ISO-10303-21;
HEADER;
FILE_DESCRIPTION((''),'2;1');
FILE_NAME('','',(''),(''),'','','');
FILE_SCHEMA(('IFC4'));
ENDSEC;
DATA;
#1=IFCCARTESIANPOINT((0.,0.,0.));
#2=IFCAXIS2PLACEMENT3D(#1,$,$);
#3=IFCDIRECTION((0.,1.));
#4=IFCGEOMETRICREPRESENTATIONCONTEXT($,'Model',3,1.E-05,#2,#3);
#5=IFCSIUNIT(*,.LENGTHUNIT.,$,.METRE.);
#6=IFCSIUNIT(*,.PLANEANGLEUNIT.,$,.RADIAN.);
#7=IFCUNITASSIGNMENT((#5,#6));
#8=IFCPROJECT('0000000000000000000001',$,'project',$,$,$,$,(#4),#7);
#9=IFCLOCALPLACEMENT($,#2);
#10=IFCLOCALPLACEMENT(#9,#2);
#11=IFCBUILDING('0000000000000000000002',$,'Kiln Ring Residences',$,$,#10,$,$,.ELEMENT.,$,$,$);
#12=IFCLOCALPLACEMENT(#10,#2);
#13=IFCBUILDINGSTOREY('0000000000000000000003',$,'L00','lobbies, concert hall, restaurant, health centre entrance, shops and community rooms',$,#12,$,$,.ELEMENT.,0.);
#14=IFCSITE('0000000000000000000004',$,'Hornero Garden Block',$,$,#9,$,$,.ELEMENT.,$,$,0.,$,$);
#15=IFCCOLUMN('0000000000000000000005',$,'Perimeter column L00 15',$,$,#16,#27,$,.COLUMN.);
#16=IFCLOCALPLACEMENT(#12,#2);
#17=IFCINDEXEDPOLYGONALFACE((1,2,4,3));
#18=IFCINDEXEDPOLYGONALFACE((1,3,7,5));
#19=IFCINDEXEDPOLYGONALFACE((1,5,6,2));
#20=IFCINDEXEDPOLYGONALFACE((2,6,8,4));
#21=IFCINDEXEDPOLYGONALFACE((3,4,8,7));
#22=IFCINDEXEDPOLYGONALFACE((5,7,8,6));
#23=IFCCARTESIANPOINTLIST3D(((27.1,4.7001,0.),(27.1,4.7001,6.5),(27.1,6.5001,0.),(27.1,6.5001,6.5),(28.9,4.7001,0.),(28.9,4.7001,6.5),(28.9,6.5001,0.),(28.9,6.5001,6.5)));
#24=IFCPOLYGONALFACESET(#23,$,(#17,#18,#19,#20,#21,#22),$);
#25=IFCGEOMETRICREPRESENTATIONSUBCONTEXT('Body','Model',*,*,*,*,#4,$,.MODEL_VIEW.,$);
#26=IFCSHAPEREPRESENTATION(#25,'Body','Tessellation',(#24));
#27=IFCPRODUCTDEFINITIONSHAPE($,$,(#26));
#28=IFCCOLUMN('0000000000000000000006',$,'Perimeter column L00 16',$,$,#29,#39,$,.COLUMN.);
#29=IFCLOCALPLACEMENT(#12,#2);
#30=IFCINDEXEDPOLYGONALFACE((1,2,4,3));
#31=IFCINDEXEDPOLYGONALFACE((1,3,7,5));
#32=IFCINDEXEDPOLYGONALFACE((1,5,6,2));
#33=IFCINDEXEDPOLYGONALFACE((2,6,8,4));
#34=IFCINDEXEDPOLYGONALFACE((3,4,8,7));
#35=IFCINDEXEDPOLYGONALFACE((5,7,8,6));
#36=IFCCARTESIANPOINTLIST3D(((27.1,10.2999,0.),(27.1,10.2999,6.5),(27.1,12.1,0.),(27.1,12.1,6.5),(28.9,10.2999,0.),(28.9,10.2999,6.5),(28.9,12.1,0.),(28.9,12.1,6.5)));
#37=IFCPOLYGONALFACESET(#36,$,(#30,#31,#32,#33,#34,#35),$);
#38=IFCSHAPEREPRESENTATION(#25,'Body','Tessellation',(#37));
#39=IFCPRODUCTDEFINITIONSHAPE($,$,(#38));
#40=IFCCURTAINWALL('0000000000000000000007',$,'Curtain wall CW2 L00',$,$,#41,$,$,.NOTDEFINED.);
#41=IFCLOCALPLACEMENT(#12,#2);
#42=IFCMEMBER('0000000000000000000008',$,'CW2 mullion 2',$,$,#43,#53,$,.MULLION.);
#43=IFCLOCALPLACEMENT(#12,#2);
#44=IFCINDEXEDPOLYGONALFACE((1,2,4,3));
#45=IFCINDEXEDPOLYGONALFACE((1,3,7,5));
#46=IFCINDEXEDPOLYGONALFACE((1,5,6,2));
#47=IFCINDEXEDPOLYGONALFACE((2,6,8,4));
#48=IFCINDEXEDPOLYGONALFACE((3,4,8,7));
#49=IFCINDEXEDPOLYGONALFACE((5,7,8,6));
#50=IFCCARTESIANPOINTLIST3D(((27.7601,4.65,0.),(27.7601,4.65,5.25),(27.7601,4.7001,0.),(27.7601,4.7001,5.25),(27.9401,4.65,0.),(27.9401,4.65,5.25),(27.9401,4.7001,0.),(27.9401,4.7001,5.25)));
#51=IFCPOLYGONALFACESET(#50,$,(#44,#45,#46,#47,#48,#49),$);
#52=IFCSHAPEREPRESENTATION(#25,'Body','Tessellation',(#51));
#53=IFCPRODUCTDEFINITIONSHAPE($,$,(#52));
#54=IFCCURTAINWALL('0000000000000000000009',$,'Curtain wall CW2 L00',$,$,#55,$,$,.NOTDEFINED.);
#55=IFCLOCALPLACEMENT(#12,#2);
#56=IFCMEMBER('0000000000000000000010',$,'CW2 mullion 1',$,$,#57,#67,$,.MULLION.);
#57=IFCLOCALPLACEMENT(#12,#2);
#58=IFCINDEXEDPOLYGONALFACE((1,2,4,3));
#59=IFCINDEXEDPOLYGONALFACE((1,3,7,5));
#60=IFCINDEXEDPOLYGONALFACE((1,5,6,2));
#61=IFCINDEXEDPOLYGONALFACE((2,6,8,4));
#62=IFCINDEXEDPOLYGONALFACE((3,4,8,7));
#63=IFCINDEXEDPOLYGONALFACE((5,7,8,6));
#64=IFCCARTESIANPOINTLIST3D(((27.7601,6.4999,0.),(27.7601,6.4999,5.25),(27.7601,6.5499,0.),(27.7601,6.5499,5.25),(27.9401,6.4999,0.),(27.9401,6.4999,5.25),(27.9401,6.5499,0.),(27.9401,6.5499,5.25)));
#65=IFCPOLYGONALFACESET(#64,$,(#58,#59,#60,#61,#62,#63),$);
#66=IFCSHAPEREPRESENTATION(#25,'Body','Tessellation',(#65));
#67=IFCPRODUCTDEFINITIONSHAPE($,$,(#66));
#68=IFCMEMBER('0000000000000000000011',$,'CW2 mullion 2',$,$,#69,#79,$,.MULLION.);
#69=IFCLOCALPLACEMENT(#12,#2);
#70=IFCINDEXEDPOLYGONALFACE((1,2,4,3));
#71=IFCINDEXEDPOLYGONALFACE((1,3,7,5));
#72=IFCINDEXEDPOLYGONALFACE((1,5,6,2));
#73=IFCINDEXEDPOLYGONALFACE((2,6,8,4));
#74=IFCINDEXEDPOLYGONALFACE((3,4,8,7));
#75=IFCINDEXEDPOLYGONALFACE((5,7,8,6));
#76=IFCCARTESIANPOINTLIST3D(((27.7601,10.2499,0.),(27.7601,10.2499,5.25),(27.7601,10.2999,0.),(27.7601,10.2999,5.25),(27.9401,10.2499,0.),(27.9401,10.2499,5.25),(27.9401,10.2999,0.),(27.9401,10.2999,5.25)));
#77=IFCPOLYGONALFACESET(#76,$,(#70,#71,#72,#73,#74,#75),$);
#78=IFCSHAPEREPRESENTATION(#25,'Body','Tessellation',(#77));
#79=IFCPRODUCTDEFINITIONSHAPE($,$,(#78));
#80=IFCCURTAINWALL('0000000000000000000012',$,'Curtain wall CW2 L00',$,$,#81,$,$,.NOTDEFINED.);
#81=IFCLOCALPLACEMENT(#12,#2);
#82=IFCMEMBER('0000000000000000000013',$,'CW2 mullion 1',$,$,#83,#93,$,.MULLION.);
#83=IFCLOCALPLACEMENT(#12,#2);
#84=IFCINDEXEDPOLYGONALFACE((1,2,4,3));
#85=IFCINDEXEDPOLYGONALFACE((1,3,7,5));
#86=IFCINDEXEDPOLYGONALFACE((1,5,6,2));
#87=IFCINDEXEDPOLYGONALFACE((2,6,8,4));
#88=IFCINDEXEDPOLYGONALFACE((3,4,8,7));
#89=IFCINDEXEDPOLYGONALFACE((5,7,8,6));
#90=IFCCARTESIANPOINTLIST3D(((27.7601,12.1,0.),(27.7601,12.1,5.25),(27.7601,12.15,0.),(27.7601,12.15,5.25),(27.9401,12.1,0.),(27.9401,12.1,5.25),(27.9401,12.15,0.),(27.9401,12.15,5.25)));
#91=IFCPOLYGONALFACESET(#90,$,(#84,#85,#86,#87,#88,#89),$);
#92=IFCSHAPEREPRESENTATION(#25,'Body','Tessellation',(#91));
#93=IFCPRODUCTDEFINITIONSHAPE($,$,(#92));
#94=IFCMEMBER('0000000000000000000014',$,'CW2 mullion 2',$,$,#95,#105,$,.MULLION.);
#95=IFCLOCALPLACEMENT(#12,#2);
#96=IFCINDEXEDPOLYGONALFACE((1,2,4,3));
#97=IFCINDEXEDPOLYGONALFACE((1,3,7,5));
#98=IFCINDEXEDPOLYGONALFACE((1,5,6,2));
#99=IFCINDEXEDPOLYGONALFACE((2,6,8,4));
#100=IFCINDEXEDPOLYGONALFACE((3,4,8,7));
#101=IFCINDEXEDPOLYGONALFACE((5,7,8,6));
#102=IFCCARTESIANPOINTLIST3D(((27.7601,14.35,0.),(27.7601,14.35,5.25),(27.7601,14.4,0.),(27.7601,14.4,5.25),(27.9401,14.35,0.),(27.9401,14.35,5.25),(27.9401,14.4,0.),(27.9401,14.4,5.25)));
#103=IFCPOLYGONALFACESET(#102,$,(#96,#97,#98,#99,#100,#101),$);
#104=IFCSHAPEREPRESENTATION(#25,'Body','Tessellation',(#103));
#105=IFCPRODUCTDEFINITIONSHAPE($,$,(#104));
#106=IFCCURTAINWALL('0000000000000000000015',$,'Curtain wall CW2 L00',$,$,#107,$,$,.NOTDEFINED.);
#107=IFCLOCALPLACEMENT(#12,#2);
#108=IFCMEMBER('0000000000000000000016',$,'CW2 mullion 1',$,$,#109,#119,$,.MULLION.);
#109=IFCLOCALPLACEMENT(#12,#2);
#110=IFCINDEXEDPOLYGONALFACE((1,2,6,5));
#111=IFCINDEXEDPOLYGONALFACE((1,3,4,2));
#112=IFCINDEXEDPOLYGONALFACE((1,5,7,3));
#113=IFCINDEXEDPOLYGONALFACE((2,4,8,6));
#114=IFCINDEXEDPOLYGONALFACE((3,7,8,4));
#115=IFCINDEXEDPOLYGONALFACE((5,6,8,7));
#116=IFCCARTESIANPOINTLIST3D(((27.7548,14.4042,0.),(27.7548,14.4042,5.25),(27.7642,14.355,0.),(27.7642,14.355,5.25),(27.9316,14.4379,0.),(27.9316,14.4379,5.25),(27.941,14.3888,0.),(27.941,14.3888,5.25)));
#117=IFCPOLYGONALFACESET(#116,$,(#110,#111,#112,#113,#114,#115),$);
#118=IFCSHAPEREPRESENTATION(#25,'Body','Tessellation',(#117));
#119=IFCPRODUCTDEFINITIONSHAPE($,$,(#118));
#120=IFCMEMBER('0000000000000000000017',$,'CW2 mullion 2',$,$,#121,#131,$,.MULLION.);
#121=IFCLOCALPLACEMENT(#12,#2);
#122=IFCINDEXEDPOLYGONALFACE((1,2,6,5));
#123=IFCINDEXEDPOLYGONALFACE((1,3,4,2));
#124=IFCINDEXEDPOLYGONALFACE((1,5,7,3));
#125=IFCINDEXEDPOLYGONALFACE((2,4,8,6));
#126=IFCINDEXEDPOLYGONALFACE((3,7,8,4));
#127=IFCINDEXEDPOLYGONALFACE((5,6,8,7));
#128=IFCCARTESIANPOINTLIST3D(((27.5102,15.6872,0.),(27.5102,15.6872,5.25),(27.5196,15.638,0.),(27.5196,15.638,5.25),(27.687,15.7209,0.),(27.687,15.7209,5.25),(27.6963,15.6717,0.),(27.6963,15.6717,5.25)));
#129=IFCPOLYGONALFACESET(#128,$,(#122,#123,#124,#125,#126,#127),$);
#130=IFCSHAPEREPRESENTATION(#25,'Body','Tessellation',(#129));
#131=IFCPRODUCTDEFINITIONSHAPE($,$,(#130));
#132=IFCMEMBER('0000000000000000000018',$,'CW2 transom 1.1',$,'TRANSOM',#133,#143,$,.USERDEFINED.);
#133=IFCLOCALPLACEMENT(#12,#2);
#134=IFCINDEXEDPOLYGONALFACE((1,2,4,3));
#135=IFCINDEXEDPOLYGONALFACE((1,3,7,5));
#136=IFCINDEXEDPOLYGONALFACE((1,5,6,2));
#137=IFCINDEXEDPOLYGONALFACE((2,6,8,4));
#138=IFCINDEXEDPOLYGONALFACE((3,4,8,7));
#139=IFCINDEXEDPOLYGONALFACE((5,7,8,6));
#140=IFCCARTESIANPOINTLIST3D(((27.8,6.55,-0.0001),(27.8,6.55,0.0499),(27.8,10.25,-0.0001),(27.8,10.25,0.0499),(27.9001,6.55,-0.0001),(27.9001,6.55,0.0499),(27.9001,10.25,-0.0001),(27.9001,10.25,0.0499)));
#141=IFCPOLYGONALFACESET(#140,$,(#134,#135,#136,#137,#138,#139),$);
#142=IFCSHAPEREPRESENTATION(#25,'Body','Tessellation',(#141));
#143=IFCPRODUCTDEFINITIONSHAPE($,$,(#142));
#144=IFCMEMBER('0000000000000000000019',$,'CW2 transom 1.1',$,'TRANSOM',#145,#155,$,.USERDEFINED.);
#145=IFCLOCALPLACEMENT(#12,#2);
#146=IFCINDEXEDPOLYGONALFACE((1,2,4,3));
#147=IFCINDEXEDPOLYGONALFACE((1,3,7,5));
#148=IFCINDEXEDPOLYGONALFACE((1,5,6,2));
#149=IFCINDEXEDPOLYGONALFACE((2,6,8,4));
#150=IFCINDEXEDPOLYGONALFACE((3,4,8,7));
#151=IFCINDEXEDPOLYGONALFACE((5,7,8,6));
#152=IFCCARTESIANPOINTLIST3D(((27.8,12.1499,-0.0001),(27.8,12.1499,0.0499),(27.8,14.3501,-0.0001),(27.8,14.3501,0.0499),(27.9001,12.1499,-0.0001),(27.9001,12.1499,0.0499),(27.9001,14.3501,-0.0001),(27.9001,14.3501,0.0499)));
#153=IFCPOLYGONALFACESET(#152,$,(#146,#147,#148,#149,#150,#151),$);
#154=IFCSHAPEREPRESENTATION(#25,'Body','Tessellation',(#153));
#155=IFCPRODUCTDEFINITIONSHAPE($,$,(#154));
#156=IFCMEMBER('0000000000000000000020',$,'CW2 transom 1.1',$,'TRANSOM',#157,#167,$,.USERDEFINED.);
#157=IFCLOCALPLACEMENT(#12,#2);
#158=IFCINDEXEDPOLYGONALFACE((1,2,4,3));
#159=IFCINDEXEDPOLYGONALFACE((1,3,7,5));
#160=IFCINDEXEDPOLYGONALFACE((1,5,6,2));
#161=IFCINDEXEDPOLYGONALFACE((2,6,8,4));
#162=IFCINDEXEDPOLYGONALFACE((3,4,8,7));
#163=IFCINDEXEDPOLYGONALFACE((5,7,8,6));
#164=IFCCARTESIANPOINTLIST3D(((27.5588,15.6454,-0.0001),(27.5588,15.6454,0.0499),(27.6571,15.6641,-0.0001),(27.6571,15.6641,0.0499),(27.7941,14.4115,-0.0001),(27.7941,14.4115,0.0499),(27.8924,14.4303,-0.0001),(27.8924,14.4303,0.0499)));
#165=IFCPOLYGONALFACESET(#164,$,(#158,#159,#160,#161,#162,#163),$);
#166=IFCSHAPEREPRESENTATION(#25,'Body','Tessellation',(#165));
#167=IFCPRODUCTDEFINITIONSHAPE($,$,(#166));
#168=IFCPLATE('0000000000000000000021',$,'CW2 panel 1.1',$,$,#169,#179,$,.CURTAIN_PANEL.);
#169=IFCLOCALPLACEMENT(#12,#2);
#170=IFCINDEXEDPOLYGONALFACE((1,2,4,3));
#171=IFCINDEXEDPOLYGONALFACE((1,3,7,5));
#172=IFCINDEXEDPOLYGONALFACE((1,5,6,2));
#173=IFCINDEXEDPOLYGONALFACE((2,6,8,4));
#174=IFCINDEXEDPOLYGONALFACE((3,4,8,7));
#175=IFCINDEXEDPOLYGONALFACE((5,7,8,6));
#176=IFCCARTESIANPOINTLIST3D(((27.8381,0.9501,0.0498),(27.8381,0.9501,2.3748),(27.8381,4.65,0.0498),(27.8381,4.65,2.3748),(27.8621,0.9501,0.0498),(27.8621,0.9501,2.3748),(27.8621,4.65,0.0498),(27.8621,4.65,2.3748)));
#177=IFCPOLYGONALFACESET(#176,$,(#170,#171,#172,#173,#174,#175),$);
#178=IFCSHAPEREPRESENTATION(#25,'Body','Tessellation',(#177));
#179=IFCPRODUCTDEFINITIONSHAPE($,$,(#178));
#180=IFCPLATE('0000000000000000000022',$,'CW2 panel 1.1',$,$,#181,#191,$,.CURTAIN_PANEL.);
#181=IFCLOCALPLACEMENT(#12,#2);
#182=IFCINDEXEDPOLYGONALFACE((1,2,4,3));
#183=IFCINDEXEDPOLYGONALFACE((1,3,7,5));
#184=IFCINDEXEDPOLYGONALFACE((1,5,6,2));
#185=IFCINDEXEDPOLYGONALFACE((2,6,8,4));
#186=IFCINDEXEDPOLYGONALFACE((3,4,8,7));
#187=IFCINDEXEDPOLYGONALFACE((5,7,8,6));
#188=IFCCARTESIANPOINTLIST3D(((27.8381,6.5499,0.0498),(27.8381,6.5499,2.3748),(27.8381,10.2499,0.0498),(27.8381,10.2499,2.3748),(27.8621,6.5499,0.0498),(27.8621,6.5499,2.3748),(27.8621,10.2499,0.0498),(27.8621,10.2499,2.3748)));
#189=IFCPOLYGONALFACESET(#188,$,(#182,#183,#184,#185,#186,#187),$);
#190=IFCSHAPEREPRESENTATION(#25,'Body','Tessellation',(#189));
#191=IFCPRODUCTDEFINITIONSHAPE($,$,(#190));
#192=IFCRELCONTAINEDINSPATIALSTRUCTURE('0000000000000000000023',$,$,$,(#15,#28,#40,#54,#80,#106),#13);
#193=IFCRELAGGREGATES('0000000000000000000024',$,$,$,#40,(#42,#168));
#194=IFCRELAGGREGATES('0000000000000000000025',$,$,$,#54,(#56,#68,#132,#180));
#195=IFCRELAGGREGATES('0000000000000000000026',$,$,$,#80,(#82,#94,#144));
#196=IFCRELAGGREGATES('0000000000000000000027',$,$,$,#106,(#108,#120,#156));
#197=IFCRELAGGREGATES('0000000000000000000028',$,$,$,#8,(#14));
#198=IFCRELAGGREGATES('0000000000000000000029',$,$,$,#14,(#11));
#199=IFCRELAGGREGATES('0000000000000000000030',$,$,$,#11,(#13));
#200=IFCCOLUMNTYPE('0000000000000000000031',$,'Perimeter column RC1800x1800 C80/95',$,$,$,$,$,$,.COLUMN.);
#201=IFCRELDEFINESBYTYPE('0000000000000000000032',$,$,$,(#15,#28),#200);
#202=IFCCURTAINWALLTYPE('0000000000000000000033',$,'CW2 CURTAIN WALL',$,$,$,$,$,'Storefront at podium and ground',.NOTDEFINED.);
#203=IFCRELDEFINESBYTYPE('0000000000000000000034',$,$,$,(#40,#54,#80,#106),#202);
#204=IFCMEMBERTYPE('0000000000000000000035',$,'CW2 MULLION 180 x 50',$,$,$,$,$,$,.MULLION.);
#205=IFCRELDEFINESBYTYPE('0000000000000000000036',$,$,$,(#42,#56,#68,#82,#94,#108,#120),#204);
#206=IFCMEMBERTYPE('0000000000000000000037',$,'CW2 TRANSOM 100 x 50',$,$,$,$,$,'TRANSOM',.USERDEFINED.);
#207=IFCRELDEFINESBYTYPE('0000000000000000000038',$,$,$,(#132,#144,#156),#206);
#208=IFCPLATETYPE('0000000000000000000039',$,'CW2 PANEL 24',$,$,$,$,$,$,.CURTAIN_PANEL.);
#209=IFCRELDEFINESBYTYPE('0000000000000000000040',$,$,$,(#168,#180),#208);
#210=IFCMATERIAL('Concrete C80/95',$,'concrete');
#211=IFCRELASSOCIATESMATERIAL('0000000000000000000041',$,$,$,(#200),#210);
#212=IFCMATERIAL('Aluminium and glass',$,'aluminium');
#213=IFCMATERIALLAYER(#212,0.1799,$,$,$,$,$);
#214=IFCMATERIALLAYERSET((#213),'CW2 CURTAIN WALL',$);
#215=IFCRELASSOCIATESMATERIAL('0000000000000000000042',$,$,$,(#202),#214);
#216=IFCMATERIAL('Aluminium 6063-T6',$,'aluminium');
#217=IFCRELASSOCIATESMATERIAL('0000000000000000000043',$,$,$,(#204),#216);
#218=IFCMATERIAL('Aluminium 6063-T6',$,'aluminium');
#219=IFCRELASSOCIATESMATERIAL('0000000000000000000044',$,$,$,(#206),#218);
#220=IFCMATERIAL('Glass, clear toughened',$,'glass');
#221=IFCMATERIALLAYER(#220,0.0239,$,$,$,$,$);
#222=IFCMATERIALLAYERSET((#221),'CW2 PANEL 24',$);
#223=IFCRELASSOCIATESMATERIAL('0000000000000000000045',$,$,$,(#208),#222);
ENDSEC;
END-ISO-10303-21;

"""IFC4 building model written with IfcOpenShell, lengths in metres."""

from ifc_helpers import new_model, si_unit, direction, frame, origin, origin_2d, place, context, subcontext, project, spatial, rectangle, extrude, material, layer, layer_set, material_profile, profile_set, type_object, element, aggregate, save


model = new_model("IFC4")

# Units and contexts
model_context = context("Model", 3, precision=1e-05, world=origin(), true_north=direction((0.0, 1.0)))
body_context = subcontext(model_context, "Body", "Model", "MODEL_VIEW")
ifc_project = project(units=[si_unit("LENGTHUNIT", "METRE"), si_unit("PLANEANGLEUNIT", "RADIAN")], contexts=[model_context])

# Site, building, storey
site_placement = place(None, origin())
site = spatial("IfcSite", under=ifc_project, at=site_placement, Name="Hornero Garden Block", CompositionType="ELEMENT", RefElevation=0.0)
building_placement = place(site_placement, origin())
building = spatial("IfcBuilding", under=site, at=building_placement, Name="Kiln Ring Residences", CompositionType="ELEMENT")
storey_placement = place(building_placement, origin())
storey = spatial("IfcBuildingStorey", under=building, at=storey_placement, Name="L00", Description="lobbies, concert hall, restaurant, health centre entrance, shops and community rooms", CompositionType="ELEMENT", Elevation=0.0)

# Columns
ifc_material_1 = material(Name="Concrete C80/95", Category="concrete")
ifc_material_profile_1 = material_profile(ifc_material_1, rectangle(XDim=1.8, YDim=1.8, at=origin_2d()), Name="RC1800x1800")
ifc_profile_set_1 = profile_set([ifc_material_profile_1], Name="Concrete C80/95")
column_type = type_object("IfcColumnType", Name="Perimeter column RC1800x1800 C80/95", PredefinedType="COLUMN", material=ifc_profile_set_1)
for number, where, z_axis, x_axis, name in (
    (1, (28.0, 5.6001, 0.0), (0.0, 0.0, 1.0), (1.0, 0.0, 0.0), "Perimeter column L00 15"),
    (2, (28.0, 11.2, 0.0), (0.0, 0.0, 1.0), (1.0, 0.0, 0.0), "Perimeter column L00 16"),
):
    element("IfcColumn", number, at=place(storey_placement, frame(where, z_axis=z_axis, x_axis=x_axis)), inside=storey, type_object=column_type, Name=name, PredefinedType="COLUMN", context=body_context, shape_type="SweptSolid", body=[
        extrude(rectangle(XDim=1.8, YDim=1.8, at=origin_2d()), origin(), (0.0, 0.0, 1.0), 6.5),
    ])

# Curtain wall, member
ifc_material_2 = material(Name="Aluminium and glass", Category="aluminium")
ifc_layer_1 = layer(ifc_material_2, 0.1799)
ifc_layer_set_1 = layer_set([ifc_layer_1], Name="CW2 CURTAIN WALL")
curtain_wall_type = type_object("IfcCurtainWallType", Name="CW2 CURTAIN WALL", ElementType="Storefront at podium and ground", PredefinedType="NOTDEFINED", material=ifc_layer_set_1)
placement = place(storey_placement, origin())
curtain_wall_1 = element("IfcCurtainWall", 3, at=placement, inside=storey, type_object=curtain_wall_type, Name="Curtain wall CW2 L00", PredefinedType="NOTDEFINED")
ifc_material_3 = material(Name="Aluminium 6063-T6", Category="aluminium")
ifc_material_profile_2 = material_profile(ifc_material_3, rectangle(XDim=0.1799, YDim=0.05, at=origin_2d()), Name="AL 180x50")
ifc_profile_set_2 = profile_set([ifc_material_profile_2], Name="Aluminium 6063-T6")
member_type_1 = type_object("IfcMemberType", Name="CW2 MULLION 180 x 50", PredefinedType="MULLION", material=ifc_profile_set_2)
member_1_placement = place(storey_placement, frame((27.8501, 4.675, 0.0), z_axis=(0.0, 0.0, 1.0), x_axis=(-1.0, 0.0, 0.0)))
member_1 = element("IfcMember", 4, at=member_1_placement, type_object=member_type_1, Name="CW2 mullion 2", PredefinedType="MULLION", context=body_context, shape_type="SweptSolid", body=[
    extrude(rectangle(XDim=0.1799, YDim=0.05, at=origin_2d()), origin(), (0.0, 0.0, 1.0), 5.25),
])

# Curtain walls, members
curtain_wall_2 = element("IfcCurtainWall", 5, at=placement, inside=storey, type_object=curtain_wall_type, Name="Curtain wall CW2 L00", PredefinedType="NOTDEFINED")
member_2_placement = place(storey_placement, frame((27.8501, 6.5249, 0.0), z_axis=(0.0, 0.0, 1.0), x_axis=(-1.0, 0.0, 0.0)))
member_2 = element("IfcMember", 6, at=member_2_placement, type_object=member_type_1, Name="CW2 mullion 1", PredefinedType="MULLION", context=body_context, shape_type="SweptSolid", body=[
    extrude(rectangle(XDim=0.1799, YDim=0.05, at=origin_2d()), origin(), (0.0, 0.0, 1.0), 5.25),
])
member_3_placement = place(storey_placement, frame((27.8501, 10.2749, 0.0), z_axis=(0.0, 0.0, 1.0), x_axis=(-1.0, 0.0, 0.0)))
member_3 = element("IfcMember", 7, at=member_3_placement, type_object=member_type_1, Name="CW2 mullion 2", PredefinedType="MULLION", context=body_context, shape_type="SweptSolid", body=[
    extrude(rectangle(XDim=0.1799, YDim=0.05, at=origin_2d()), origin(), (0.0, 0.0, 1.0), 5.25),
])
curtain_wall_3 = element("IfcCurtainWall", 8, at=placement, inside=storey, type_object=curtain_wall_type, Name="Curtain wall CW2 L00", PredefinedType="NOTDEFINED")
member_4_placement = place(storey_placement, frame((27.8501, 12.125, 0.0), z_axis=(0.0, 0.0, 1.0), x_axis=(-1.0, 0.0, 0.0)))
member_4 = element("IfcMember", 9, at=member_4_placement, type_object=member_type_1, Name="CW2 mullion 1", PredefinedType="MULLION", context=body_context, shape_type="SweptSolid", body=[
    extrude(rectangle(XDim=0.1799, YDim=0.05, at=origin_2d()), origin(), (0.0, 0.0, 1.0), 5.25),
])
member_5_placement = place(storey_placement, frame((27.8501, 14.375, 0.0), z_axis=(0.0, 0.0, 1.0), x_axis=(-1.0, 0.0, 0.0)))
member_5 = element("IfcMember", 10, at=member_5_placement, type_object=member_type_1, Name="CW2 mullion 2", PredefinedType="MULLION", context=body_context, shape_type="SweptSolid", body=[
    extrude(rectangle(XDim=0.1799, YDim=0.05, at=origin_2d()), origin(), (0.0, 0.0, 1.0), 5.25),
])
curtain_wall_4 = element("IfcCurtainWall", 11, at=placement, inside=storey, type_object=curtain_wall_type, Name="Curtain wall CW2 L00", PredefinedType="NOTDEFINED")
member_6_placement = place(storey_placement, frame((27.8479, 14.3965, 0.0), z_axis=(0.0, 0.0, 1.0), x_axis=(-0.98229, -0.187366, 0.0)))
member_6 = element("IfcMember", 12, at=member_6_placement, type_object=member_type_1, Name="CW2 mullion 1", PredefinedType="MULLION", context=body_context, shape_type="SweptSolid", body=[
    extrude(rectangle(XDim=0.1799, YDim=0.05, at=origin_2d()), origin(), (0.0, 0.0, 1.0), 5.25),
])
member_7_placement = place(storey_placement, frame((27.6033, 15.6794, 0.0), z_axis=(0.0, 0.0, 1.0), x_axis=(-0.98229, -0.187366, 0.0)))
member_7 = element("IfcMember", 13, at=member_7_placement, type_object=member_type_1, Name="CW2 mullion 2", PredefinedType="MULLION", context=body_context, shape_type="SweptSolid", body=[
    extrude(rectangle(XDim=0.1799, YDim=0.05, at=origin_2d()), origin(), (0.0, 0.0, 1.0), 5.25),
])

# Members
ifc_material_4 = material(Name="Aluminium 6063-T6", Category="aluminium")
ifc_material_profile_3 = material_profile(ifc_material_4, rectangle(XDim=0.1001, YDim=0.05, at=origin_2d()), Name="AL 100x50")
ifc_profile_set_3 = profile_set([ifc_material_profile_3], Name="Aluminium 6063-T6")
member_type_2 = type_object("IfcMemberType", Name="CW2 TRANSOM 100 x 50", ElementType="TRANSOM", PredefinedType="USERDEFINED", material=ifc_profile_set_3)
member_8_placement = place(storey_placement, frame((27.8501, 6.55, 0.0249), z_axis=(0.0, 1.0, 0.0), x_axis=(-1.0, 0.0, 0.0)))
member_8 = element("IfcMember", 14, at=member_8_placement, type_object=member_type_2, Name="CW2 transom 1.1", ObjectType="TRANSOM", PredefinedType="USERDEFINED", context=body_context, shape_type="SweptSolid", body=[
    extrude(rectangle(XDim=0.1001, YDim=0.05, at=origin_2d()), origin(), (0.0, 0.0, 1.0), 3.7),
])
member_9_placement = place(storey_placement, frame((27.8501, 12.1499, 0.0249), z_axis=(0.0, 1.0, 0.0), x_axis=(-1.0, 0.0, 0.0)))
member_9 = element("IfcMember", 15, at=member_9_placement, type_object=member_type_2, Name="CW2 transom 1.1", ObjectType="TRANSOM", PredefinedType="USERDEFINED", context=body_context, shape_type="SweptSolid", body=[
    extrude(rectangle(XDim=0.1001, YDim=0.05, at=origin_2d()), origin(), (0.0, 0.0, 1.0), 2.2002),
])
member_10_placement = place(storey_placement, frame((27.8433, 14.4209, 0.0249), z_axis=(-0.187362, 0.982291, 0.0), x_axis=(-0.982291, -0.187362, 0.0)))
member_10 = element("IfcMember", 16, at=member_10_placement, type_object=member_type_2, Name="CW2 transom 1.1", ObjectType="TRANSOM", PredefinedType="USERDEFINED", context=body_context, shape_type="SweptSolid", body=[
    extrude(rectangle(XDim=0.1001, YDim=0.05, at=origin_2d()), origin(), (0.0, 0.0, 1.0), 1.2561),
])

# Plates
ifc_material_5 = material(Name="Glass, clear toughened", Category="glass")
ifc_layer_2 = layer(ifc_material_5, 0.0239)
ifc_layer_set_2 = layer_set([ifc_layer_2], Name="CW2 PANEL 24")
plate_type = type_object("IfcPlateType", Name="CW2 PANEL 24", PredefinedType="CURTAIN_PANEL", material=ifc_layer_set_2)
plate_1_placement = place(storey_placement, frame((27.8501, 2.8, 0.0498), z_axis=(0.0, 0.0, 1.0), x_axis=(0.0, 1.0, 0.0)))
plate_1 = element("IfcPlate", 17, at=plate_1_placement, type_object=plate_type, Name="CW2 panel 1.1", PredefinedType="CURTAIN_PANEL", context=body_context, shape_type="SweptSolid", body=[
    extrude(rectangle(XDim=3.7, YDim=0.0239, at=origin_2d()), origin(), (0.0, 0.0, 1.0), 2.325),
])
aggregate(curtain_wall_1, [member_1, plate_1])
plate_2_placement = place(storey_placement, frame((27.8501, 8.3999, 0.0498), z_axis=(0.0, 0.0, 1.0), x_axis=(0.0, 1.0, 0.0)))
plate_2 = element("IfcPlate", 18, at=plate_2_placement, type_object=plate_type, Name="CW2 panel 1.1", PredefinedType="CURTAIN_PANEL", context=body_context, shape_type="SweptSolid", body=[
    extrude(rectangle(XDim=3.7, YDim=0.0239, at=origin_2d()), origin(), (0.0, 0.0, 1.0), 2.325),
])
aggregate(curtain_wall_2, [member_2, member_3, member_8, plate_2])
aggregate(curtain_wall_3, [member_4, member_5, member_9])
aggregate(curtain_wall_4, [member_6, member_7, member_10])

save(model, "model.ifc")
